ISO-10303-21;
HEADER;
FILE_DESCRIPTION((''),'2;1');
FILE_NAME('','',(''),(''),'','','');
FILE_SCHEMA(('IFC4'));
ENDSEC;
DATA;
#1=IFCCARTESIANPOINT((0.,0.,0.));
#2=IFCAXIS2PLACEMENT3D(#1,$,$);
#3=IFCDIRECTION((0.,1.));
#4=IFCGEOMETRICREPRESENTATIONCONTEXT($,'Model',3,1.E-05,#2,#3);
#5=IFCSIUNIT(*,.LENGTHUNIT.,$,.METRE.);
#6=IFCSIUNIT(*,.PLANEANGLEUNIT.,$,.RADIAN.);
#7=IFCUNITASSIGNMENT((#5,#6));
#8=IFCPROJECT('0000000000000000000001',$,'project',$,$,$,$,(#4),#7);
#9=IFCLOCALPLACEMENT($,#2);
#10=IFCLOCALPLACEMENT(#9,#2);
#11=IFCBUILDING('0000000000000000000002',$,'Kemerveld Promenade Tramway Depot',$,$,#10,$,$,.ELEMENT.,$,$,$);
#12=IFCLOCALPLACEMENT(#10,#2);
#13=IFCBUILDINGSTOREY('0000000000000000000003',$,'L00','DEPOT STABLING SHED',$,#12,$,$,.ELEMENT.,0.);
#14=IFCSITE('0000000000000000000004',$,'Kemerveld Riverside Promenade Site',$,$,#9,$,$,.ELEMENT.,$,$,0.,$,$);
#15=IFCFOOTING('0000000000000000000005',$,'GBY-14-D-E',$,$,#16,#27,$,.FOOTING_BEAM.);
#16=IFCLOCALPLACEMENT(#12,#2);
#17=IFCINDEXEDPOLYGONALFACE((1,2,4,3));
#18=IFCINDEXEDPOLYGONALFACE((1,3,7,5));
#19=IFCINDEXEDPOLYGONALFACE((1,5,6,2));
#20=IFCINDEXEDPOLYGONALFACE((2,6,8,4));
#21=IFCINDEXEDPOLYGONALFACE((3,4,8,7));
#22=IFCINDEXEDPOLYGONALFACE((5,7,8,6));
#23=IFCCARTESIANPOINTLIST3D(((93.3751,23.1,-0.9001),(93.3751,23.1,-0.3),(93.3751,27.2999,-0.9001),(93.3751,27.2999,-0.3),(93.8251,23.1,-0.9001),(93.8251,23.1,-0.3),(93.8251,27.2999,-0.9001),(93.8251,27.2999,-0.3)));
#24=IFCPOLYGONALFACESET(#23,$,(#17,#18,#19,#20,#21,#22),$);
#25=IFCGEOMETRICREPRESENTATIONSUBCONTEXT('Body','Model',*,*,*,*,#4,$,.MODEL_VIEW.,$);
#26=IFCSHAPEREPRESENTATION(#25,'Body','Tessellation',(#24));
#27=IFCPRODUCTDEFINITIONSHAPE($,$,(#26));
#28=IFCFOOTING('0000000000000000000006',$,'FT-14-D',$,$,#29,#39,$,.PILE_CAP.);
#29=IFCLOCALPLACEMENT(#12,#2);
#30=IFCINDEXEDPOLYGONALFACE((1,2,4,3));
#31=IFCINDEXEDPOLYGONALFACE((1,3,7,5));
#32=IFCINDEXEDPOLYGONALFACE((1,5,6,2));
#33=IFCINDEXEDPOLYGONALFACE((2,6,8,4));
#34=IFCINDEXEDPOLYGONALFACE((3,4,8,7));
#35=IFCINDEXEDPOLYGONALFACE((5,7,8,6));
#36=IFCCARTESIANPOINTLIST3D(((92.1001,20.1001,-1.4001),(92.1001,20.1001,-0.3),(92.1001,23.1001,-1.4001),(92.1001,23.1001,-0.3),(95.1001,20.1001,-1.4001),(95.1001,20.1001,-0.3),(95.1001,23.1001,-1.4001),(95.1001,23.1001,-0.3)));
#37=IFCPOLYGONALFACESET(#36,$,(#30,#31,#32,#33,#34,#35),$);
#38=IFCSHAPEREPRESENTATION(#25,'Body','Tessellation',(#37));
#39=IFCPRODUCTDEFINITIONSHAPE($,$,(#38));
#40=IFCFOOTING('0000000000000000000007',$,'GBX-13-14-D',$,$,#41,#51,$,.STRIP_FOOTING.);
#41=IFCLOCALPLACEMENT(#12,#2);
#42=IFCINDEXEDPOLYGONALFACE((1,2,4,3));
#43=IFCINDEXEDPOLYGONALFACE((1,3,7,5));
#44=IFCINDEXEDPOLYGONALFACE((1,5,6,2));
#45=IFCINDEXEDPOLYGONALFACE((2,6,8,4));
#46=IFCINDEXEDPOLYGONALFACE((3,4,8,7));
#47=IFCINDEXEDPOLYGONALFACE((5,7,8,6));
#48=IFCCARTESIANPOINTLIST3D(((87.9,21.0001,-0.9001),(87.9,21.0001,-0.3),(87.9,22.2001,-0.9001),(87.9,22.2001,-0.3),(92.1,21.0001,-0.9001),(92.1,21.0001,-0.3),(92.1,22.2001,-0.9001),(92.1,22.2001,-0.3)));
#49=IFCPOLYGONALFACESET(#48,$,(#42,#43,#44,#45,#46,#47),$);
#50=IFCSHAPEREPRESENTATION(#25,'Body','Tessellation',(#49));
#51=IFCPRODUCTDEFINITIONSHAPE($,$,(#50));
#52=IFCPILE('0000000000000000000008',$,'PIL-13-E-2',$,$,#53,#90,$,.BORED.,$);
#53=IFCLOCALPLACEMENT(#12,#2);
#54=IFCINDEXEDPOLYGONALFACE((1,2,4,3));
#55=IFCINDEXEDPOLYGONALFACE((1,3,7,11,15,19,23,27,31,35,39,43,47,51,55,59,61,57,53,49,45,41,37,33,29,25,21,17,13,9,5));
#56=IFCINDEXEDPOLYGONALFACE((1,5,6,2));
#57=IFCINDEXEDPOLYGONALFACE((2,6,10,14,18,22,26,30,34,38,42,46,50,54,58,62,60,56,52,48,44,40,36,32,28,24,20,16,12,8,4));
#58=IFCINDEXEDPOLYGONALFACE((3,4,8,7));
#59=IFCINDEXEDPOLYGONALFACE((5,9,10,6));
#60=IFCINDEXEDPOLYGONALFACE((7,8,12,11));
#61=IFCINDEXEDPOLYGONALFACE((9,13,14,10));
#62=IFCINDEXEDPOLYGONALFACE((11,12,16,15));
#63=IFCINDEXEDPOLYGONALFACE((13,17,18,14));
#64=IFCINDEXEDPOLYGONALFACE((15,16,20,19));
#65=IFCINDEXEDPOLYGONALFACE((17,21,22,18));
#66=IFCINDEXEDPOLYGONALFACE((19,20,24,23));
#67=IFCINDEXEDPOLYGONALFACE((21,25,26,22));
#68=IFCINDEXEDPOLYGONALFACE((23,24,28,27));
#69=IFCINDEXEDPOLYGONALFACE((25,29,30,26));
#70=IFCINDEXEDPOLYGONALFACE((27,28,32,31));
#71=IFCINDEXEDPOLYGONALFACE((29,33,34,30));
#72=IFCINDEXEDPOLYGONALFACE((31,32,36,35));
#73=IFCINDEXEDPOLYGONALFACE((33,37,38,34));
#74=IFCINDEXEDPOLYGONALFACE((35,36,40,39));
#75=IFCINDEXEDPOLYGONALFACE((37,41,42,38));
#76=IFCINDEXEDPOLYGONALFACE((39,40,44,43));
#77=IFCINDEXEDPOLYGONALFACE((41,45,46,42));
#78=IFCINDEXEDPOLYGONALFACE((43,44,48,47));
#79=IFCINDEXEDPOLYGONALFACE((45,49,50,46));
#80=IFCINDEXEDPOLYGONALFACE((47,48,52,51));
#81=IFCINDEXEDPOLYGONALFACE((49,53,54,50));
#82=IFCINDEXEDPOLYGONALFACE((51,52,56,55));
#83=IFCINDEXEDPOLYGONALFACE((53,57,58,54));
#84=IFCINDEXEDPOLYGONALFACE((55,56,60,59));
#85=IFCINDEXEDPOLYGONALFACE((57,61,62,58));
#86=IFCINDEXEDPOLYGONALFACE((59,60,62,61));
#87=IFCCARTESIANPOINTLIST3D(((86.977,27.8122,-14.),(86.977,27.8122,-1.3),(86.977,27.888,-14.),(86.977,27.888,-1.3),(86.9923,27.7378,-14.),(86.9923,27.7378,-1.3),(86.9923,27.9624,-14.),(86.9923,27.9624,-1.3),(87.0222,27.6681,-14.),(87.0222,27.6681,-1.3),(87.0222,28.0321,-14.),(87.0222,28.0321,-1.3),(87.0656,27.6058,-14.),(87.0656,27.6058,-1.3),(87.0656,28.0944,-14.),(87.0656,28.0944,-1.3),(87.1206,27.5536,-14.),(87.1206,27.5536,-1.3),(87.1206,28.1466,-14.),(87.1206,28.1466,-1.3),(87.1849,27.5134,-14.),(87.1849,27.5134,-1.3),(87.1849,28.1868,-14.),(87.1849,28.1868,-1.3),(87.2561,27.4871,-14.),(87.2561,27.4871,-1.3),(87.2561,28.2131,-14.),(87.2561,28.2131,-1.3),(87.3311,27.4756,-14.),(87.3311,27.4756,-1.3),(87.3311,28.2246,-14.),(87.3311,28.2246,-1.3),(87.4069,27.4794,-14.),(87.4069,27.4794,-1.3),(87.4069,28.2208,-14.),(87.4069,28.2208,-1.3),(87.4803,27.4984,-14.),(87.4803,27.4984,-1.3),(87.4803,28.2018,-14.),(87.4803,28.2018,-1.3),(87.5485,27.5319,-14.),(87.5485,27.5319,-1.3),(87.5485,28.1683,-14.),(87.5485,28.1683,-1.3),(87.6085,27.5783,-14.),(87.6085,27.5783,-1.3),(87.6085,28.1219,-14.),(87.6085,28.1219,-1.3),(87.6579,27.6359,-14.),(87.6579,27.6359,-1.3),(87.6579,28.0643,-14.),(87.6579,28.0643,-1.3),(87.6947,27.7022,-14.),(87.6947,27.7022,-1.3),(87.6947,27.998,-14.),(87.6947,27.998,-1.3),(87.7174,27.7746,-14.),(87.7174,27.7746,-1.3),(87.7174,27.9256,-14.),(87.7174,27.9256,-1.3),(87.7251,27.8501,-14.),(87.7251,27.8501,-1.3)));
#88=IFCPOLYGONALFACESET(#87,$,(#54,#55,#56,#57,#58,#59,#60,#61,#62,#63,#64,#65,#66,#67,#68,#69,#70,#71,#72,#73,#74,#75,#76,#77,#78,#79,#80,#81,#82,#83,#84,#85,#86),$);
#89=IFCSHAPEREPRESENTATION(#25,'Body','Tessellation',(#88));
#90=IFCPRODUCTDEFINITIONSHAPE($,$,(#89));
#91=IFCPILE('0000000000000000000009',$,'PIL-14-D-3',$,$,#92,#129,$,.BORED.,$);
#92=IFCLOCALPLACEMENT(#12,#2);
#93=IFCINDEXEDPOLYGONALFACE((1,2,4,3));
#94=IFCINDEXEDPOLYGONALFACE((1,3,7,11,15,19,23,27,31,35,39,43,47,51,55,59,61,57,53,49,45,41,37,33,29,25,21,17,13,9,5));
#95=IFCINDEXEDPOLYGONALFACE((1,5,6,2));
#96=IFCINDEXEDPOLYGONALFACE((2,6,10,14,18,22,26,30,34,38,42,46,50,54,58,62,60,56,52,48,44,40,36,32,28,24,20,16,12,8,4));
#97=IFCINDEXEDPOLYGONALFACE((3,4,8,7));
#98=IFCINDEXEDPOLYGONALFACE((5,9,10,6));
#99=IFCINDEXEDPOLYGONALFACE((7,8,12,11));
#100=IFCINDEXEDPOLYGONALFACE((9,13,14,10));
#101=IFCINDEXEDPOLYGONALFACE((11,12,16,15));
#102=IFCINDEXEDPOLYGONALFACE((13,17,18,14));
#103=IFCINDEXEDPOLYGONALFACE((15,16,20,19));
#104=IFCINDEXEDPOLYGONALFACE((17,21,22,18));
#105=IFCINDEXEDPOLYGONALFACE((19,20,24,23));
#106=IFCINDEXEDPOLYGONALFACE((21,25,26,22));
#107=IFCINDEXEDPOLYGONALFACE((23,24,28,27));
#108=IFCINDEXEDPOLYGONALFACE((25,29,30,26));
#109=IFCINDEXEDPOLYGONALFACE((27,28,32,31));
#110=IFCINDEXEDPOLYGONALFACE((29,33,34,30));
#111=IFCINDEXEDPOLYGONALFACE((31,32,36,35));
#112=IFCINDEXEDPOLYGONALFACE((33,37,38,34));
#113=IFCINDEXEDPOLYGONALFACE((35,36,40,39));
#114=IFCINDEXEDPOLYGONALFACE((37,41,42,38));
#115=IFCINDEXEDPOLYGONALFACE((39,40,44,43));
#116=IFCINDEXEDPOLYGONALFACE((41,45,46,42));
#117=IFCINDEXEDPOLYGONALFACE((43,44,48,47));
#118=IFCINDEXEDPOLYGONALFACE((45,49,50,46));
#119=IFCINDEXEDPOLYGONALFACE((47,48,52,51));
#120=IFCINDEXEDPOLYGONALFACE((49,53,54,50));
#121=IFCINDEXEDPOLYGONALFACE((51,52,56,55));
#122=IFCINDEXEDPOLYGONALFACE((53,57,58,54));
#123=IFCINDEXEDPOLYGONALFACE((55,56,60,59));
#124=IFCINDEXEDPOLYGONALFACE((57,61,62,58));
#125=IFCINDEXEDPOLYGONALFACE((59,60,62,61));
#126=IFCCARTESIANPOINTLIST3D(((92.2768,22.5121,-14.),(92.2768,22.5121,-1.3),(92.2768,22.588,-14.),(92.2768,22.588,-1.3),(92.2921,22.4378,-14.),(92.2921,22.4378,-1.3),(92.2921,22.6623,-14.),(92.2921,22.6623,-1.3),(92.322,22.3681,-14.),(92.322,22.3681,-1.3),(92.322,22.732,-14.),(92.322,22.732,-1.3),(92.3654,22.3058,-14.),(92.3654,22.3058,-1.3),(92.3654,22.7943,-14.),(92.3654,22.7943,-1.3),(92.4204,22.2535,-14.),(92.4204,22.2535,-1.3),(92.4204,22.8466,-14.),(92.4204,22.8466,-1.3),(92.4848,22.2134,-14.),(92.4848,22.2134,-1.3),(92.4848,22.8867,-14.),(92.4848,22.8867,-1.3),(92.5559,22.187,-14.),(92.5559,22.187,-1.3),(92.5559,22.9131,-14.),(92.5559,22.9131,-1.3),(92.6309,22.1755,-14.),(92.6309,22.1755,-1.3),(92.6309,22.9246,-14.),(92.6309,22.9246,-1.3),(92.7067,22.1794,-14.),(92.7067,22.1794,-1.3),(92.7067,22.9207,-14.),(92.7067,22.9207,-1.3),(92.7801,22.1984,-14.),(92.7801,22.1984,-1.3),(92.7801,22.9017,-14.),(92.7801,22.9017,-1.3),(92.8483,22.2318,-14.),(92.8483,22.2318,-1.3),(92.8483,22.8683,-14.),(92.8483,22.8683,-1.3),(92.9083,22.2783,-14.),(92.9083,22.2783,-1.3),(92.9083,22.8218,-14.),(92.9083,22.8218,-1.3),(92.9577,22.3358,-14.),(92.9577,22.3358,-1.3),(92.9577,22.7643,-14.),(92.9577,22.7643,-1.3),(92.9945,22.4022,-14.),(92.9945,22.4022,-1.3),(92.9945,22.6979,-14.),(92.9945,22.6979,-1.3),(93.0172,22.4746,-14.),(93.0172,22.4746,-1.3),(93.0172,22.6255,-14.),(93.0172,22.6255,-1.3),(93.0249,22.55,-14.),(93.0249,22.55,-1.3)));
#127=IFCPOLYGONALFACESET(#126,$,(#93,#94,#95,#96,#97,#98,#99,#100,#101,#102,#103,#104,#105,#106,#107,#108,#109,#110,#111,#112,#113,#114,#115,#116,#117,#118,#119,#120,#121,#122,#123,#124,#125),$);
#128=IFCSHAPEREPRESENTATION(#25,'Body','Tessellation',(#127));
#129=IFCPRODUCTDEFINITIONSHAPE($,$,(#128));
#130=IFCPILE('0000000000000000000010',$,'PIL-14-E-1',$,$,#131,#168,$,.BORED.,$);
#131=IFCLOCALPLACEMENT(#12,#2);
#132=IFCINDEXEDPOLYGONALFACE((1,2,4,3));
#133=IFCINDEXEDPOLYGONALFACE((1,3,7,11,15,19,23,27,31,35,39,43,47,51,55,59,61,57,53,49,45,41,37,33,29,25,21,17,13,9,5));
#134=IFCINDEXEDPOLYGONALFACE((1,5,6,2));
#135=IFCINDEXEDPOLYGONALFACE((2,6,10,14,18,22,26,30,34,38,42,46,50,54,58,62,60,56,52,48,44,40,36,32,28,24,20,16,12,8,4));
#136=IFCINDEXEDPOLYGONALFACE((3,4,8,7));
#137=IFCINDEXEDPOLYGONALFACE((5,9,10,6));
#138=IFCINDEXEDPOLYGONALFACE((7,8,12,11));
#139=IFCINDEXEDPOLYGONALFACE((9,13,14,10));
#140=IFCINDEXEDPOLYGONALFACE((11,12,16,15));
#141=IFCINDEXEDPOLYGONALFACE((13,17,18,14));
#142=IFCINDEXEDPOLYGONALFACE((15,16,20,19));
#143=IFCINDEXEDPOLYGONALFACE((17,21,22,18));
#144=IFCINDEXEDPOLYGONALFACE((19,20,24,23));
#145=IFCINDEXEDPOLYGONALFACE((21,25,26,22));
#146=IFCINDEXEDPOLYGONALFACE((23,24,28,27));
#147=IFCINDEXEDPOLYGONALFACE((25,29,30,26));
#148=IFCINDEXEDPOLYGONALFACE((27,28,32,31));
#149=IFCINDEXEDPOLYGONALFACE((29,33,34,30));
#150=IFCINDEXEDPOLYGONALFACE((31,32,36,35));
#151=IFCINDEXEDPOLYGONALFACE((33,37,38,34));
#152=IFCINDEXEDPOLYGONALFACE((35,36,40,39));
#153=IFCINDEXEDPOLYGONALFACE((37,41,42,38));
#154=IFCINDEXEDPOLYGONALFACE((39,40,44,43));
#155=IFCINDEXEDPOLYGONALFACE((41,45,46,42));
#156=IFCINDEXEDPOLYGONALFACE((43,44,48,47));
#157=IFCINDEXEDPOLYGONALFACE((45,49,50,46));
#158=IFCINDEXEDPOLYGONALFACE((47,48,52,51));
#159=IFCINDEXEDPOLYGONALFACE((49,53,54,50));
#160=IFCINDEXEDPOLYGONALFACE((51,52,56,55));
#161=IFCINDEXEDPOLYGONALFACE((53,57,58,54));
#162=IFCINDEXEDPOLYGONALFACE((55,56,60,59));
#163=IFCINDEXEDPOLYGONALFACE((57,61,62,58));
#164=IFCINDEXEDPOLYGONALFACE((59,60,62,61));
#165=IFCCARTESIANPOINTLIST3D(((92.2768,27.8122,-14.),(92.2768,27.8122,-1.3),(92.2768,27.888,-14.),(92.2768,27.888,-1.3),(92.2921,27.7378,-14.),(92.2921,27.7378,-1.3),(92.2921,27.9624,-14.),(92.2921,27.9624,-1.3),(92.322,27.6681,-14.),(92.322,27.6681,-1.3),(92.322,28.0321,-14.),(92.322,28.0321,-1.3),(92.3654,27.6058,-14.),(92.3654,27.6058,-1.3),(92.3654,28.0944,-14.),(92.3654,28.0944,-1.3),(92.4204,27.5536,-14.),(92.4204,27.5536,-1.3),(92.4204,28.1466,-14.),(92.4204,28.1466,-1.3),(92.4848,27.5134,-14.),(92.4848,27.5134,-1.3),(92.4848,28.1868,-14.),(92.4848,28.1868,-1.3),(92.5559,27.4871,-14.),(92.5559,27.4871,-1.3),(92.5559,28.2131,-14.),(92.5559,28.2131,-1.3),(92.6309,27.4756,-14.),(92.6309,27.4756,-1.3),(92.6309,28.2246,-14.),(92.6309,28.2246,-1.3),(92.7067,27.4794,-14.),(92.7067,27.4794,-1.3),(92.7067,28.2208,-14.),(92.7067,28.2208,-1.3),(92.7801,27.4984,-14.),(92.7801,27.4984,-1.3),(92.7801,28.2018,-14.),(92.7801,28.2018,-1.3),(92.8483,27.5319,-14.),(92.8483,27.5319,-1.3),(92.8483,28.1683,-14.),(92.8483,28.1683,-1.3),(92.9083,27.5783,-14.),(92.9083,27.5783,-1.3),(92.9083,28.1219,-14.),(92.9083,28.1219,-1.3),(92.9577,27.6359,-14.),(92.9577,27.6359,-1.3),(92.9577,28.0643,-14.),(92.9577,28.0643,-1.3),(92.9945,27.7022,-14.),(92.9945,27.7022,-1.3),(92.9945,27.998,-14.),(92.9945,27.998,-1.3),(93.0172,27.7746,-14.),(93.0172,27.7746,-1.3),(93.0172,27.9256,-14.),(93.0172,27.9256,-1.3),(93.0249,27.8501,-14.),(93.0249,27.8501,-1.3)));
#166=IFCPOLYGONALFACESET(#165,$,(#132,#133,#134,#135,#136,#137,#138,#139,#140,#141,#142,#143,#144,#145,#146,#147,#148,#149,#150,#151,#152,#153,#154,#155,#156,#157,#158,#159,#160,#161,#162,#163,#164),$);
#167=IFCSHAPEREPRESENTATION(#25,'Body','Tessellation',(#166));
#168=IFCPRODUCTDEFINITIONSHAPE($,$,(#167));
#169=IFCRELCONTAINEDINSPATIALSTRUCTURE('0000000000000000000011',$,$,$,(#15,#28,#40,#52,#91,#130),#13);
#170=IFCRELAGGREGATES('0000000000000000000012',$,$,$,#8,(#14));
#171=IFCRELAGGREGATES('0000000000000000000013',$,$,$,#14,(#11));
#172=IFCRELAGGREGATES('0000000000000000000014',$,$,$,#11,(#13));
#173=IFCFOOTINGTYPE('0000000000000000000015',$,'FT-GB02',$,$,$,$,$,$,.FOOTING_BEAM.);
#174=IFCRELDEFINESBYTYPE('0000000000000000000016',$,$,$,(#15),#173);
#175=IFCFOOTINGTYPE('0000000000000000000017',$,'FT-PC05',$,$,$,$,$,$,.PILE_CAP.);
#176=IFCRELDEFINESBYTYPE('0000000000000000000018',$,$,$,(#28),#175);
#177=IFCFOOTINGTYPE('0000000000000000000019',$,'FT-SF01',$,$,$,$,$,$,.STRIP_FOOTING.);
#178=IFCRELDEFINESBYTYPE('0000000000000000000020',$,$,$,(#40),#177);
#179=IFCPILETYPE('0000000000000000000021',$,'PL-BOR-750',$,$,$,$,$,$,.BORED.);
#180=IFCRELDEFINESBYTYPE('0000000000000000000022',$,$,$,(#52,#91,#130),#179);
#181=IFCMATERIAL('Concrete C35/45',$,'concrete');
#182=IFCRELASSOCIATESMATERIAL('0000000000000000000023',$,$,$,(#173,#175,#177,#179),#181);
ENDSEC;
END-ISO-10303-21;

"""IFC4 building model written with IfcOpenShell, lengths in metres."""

from ifc_helpers import new_model, si_unit, direction, frame, origin, origin_2d, place, context, subcontext, project, spatial, rectangle, circle, extrude, material, material_profile, profile_set, type_object, element, save


model = new_model("IFC4")

# Units and contexts
model_context = context("Model", 3, precision=1e-05, world=origin(), true_north=direction((0.0, 1.0)))
body_context = subcontext(model_context, "Body", "Model", "MODEL_VIEW")
ifc_project = project(units=[si_unit("LENGTHUNIT", "METRE"), si_unit("PLANEANGLEUNIT", "RADIAN")], contexts=[model_context])

# Site, building, storey
site_placement = place(None, origin())
site = spatial("IfcSite", under=ifc_project, at=site_placement, Name="Kemerveld Riverside Promenade Site", CompositionType="ELEMENT", RefElevation=0.0)
building_placement = place(site_placement, origin())
building = spatial("IfcBuilding", under=site, at=building_placement, Name="Kemerveld Promenade Tramway Depot", CompositionType="ELEMENT")
storey_placement = place(building_placement, origin())
storey = spatial("IfcBuildingStorey", under=building, at=storey_placement, Name="L00", Description="DEPOT STABLING SHED", CompositionType="ELEMENT", Elevation=0.0)

# Footings
ifc_material_1 = material(Name="Concrete C35/45", Category="concrete")
footing_type_1 = type_object("IfcFootingType", Name="FT-GB02", PredefinedType="FOOTING_BEAM", material=ifc_material_1)
footing_1_placement = place(storey_placement, frame((93.6001, 25.2, -0.9001), z_axis=(0.0, 0.0, 1.0), x_axis=(0.0, 1.0, 0.0)))
element("IfcFooting", 1, at=footing_1_placement, inside=storey, type_object=footing_type_1, Name="GBY-14-D-E", PredefinedType="FOOTING_BEAM", context=body_context, shape_type="SweptSolid", body=[
    extrude(rectangle(XDim=4.2, YDim=0.45, at=origin_2d()), origin(), (0.0, 0.0, 1.0), 0.6001),
])
footing_type_2 = type_object("IfcFootingType", Name="FT-PC05", PredefinedType="PILE_CAP", material=ifc_material_1)
footing_2_placement = place(storey_placement, frame((93.6001, 21.6001, -1.4001), z_axis=(0.0, 0.0, 1.0), x_axis=(1.0, 0.0, 0.0)))
element("IfcFooting", 2, at=footing_2_placement, inside=storey, type_object=footing_type_2, Name="FT-14-D", PredefinedType="PILE_CAP", context=body_context, shape_type="SweptSolid", body=[
    extrude(rectangle(XDim=3.0, YDim=3.0, at=origin_2d()), origin(), (0.0, 0.0, 1.0), 1.1001),
])
footing_type_3 = type_object("IfcFootingType", Name="FT-SF01", PredefinedType="STRIP_FOOTING", material=ifc_material_1)
footing_3_placement = place(storey_placement, frame((90.0, 21.6001, -0.9001), z_axis=(0.0, 0.0, 1.0), x_axis=(1.0, 0.0, 0.0)))
element("IfcFooting", 3, at=footing_3_placement, inside=storey, type_object=footing_type_3, Name="GBX-13-14-D", PredefinedType="STRIP_FOOTING", context=body_context, shape_type="SweptSolid", body=[
    extrude(rectangle(XDim=4.2, YDim=1.2, at=origin_2d()), origin(), (0.0, 0.0, 1.0), 0.6001),
])

# Piles
ifc_material_profile_1 = material_profile(ifc_material_1, circle(Radius=0.375, at=origin_2d()), Name="PILE-D750")
ifc_profile_set_1 = profile_set([ifc_material_profile_1], Name="Concrete C35/45")
pile_type = type_object("IfcPileType", Name="PL-BOR-750", PredefinedType="BORED", material=ifc_profile_set_1)
for number, where, z_axis, x_axis, name in (
    (4, (87.3501, 27.8501, -1.3), (0.0, 0.0, -1.0), (1.0, 0.0, 0.0), "PIL-13-E-2"),
    (5, (92.6499, 22.55, -1.3), (0.0, 0.0, -1.0), (1.0, 0.0, 0.0), "PIL-14-D-3"),
    (6, (92.6499, 27.8501, -1.3), (0.0, 0.0, -1.0), (1.0, 0.0, 0.0), "PIL-14-E-1"),
):
    element("IfcPile", number, at=place(storey_placement, frame(where, z_axis=z_axis, x_axis=x_axis)), inside=storey, type_object=pile_type, Name=name, PredefinedType="BORED", context=body_context, shape_type="SweptSolid", body=[
        extrude(circle(Radius=0.375, at=origin_2d()), origin(), (0.0, 0.0, 1.0), 12.7),
    ])

save(model, "model.ifc")
